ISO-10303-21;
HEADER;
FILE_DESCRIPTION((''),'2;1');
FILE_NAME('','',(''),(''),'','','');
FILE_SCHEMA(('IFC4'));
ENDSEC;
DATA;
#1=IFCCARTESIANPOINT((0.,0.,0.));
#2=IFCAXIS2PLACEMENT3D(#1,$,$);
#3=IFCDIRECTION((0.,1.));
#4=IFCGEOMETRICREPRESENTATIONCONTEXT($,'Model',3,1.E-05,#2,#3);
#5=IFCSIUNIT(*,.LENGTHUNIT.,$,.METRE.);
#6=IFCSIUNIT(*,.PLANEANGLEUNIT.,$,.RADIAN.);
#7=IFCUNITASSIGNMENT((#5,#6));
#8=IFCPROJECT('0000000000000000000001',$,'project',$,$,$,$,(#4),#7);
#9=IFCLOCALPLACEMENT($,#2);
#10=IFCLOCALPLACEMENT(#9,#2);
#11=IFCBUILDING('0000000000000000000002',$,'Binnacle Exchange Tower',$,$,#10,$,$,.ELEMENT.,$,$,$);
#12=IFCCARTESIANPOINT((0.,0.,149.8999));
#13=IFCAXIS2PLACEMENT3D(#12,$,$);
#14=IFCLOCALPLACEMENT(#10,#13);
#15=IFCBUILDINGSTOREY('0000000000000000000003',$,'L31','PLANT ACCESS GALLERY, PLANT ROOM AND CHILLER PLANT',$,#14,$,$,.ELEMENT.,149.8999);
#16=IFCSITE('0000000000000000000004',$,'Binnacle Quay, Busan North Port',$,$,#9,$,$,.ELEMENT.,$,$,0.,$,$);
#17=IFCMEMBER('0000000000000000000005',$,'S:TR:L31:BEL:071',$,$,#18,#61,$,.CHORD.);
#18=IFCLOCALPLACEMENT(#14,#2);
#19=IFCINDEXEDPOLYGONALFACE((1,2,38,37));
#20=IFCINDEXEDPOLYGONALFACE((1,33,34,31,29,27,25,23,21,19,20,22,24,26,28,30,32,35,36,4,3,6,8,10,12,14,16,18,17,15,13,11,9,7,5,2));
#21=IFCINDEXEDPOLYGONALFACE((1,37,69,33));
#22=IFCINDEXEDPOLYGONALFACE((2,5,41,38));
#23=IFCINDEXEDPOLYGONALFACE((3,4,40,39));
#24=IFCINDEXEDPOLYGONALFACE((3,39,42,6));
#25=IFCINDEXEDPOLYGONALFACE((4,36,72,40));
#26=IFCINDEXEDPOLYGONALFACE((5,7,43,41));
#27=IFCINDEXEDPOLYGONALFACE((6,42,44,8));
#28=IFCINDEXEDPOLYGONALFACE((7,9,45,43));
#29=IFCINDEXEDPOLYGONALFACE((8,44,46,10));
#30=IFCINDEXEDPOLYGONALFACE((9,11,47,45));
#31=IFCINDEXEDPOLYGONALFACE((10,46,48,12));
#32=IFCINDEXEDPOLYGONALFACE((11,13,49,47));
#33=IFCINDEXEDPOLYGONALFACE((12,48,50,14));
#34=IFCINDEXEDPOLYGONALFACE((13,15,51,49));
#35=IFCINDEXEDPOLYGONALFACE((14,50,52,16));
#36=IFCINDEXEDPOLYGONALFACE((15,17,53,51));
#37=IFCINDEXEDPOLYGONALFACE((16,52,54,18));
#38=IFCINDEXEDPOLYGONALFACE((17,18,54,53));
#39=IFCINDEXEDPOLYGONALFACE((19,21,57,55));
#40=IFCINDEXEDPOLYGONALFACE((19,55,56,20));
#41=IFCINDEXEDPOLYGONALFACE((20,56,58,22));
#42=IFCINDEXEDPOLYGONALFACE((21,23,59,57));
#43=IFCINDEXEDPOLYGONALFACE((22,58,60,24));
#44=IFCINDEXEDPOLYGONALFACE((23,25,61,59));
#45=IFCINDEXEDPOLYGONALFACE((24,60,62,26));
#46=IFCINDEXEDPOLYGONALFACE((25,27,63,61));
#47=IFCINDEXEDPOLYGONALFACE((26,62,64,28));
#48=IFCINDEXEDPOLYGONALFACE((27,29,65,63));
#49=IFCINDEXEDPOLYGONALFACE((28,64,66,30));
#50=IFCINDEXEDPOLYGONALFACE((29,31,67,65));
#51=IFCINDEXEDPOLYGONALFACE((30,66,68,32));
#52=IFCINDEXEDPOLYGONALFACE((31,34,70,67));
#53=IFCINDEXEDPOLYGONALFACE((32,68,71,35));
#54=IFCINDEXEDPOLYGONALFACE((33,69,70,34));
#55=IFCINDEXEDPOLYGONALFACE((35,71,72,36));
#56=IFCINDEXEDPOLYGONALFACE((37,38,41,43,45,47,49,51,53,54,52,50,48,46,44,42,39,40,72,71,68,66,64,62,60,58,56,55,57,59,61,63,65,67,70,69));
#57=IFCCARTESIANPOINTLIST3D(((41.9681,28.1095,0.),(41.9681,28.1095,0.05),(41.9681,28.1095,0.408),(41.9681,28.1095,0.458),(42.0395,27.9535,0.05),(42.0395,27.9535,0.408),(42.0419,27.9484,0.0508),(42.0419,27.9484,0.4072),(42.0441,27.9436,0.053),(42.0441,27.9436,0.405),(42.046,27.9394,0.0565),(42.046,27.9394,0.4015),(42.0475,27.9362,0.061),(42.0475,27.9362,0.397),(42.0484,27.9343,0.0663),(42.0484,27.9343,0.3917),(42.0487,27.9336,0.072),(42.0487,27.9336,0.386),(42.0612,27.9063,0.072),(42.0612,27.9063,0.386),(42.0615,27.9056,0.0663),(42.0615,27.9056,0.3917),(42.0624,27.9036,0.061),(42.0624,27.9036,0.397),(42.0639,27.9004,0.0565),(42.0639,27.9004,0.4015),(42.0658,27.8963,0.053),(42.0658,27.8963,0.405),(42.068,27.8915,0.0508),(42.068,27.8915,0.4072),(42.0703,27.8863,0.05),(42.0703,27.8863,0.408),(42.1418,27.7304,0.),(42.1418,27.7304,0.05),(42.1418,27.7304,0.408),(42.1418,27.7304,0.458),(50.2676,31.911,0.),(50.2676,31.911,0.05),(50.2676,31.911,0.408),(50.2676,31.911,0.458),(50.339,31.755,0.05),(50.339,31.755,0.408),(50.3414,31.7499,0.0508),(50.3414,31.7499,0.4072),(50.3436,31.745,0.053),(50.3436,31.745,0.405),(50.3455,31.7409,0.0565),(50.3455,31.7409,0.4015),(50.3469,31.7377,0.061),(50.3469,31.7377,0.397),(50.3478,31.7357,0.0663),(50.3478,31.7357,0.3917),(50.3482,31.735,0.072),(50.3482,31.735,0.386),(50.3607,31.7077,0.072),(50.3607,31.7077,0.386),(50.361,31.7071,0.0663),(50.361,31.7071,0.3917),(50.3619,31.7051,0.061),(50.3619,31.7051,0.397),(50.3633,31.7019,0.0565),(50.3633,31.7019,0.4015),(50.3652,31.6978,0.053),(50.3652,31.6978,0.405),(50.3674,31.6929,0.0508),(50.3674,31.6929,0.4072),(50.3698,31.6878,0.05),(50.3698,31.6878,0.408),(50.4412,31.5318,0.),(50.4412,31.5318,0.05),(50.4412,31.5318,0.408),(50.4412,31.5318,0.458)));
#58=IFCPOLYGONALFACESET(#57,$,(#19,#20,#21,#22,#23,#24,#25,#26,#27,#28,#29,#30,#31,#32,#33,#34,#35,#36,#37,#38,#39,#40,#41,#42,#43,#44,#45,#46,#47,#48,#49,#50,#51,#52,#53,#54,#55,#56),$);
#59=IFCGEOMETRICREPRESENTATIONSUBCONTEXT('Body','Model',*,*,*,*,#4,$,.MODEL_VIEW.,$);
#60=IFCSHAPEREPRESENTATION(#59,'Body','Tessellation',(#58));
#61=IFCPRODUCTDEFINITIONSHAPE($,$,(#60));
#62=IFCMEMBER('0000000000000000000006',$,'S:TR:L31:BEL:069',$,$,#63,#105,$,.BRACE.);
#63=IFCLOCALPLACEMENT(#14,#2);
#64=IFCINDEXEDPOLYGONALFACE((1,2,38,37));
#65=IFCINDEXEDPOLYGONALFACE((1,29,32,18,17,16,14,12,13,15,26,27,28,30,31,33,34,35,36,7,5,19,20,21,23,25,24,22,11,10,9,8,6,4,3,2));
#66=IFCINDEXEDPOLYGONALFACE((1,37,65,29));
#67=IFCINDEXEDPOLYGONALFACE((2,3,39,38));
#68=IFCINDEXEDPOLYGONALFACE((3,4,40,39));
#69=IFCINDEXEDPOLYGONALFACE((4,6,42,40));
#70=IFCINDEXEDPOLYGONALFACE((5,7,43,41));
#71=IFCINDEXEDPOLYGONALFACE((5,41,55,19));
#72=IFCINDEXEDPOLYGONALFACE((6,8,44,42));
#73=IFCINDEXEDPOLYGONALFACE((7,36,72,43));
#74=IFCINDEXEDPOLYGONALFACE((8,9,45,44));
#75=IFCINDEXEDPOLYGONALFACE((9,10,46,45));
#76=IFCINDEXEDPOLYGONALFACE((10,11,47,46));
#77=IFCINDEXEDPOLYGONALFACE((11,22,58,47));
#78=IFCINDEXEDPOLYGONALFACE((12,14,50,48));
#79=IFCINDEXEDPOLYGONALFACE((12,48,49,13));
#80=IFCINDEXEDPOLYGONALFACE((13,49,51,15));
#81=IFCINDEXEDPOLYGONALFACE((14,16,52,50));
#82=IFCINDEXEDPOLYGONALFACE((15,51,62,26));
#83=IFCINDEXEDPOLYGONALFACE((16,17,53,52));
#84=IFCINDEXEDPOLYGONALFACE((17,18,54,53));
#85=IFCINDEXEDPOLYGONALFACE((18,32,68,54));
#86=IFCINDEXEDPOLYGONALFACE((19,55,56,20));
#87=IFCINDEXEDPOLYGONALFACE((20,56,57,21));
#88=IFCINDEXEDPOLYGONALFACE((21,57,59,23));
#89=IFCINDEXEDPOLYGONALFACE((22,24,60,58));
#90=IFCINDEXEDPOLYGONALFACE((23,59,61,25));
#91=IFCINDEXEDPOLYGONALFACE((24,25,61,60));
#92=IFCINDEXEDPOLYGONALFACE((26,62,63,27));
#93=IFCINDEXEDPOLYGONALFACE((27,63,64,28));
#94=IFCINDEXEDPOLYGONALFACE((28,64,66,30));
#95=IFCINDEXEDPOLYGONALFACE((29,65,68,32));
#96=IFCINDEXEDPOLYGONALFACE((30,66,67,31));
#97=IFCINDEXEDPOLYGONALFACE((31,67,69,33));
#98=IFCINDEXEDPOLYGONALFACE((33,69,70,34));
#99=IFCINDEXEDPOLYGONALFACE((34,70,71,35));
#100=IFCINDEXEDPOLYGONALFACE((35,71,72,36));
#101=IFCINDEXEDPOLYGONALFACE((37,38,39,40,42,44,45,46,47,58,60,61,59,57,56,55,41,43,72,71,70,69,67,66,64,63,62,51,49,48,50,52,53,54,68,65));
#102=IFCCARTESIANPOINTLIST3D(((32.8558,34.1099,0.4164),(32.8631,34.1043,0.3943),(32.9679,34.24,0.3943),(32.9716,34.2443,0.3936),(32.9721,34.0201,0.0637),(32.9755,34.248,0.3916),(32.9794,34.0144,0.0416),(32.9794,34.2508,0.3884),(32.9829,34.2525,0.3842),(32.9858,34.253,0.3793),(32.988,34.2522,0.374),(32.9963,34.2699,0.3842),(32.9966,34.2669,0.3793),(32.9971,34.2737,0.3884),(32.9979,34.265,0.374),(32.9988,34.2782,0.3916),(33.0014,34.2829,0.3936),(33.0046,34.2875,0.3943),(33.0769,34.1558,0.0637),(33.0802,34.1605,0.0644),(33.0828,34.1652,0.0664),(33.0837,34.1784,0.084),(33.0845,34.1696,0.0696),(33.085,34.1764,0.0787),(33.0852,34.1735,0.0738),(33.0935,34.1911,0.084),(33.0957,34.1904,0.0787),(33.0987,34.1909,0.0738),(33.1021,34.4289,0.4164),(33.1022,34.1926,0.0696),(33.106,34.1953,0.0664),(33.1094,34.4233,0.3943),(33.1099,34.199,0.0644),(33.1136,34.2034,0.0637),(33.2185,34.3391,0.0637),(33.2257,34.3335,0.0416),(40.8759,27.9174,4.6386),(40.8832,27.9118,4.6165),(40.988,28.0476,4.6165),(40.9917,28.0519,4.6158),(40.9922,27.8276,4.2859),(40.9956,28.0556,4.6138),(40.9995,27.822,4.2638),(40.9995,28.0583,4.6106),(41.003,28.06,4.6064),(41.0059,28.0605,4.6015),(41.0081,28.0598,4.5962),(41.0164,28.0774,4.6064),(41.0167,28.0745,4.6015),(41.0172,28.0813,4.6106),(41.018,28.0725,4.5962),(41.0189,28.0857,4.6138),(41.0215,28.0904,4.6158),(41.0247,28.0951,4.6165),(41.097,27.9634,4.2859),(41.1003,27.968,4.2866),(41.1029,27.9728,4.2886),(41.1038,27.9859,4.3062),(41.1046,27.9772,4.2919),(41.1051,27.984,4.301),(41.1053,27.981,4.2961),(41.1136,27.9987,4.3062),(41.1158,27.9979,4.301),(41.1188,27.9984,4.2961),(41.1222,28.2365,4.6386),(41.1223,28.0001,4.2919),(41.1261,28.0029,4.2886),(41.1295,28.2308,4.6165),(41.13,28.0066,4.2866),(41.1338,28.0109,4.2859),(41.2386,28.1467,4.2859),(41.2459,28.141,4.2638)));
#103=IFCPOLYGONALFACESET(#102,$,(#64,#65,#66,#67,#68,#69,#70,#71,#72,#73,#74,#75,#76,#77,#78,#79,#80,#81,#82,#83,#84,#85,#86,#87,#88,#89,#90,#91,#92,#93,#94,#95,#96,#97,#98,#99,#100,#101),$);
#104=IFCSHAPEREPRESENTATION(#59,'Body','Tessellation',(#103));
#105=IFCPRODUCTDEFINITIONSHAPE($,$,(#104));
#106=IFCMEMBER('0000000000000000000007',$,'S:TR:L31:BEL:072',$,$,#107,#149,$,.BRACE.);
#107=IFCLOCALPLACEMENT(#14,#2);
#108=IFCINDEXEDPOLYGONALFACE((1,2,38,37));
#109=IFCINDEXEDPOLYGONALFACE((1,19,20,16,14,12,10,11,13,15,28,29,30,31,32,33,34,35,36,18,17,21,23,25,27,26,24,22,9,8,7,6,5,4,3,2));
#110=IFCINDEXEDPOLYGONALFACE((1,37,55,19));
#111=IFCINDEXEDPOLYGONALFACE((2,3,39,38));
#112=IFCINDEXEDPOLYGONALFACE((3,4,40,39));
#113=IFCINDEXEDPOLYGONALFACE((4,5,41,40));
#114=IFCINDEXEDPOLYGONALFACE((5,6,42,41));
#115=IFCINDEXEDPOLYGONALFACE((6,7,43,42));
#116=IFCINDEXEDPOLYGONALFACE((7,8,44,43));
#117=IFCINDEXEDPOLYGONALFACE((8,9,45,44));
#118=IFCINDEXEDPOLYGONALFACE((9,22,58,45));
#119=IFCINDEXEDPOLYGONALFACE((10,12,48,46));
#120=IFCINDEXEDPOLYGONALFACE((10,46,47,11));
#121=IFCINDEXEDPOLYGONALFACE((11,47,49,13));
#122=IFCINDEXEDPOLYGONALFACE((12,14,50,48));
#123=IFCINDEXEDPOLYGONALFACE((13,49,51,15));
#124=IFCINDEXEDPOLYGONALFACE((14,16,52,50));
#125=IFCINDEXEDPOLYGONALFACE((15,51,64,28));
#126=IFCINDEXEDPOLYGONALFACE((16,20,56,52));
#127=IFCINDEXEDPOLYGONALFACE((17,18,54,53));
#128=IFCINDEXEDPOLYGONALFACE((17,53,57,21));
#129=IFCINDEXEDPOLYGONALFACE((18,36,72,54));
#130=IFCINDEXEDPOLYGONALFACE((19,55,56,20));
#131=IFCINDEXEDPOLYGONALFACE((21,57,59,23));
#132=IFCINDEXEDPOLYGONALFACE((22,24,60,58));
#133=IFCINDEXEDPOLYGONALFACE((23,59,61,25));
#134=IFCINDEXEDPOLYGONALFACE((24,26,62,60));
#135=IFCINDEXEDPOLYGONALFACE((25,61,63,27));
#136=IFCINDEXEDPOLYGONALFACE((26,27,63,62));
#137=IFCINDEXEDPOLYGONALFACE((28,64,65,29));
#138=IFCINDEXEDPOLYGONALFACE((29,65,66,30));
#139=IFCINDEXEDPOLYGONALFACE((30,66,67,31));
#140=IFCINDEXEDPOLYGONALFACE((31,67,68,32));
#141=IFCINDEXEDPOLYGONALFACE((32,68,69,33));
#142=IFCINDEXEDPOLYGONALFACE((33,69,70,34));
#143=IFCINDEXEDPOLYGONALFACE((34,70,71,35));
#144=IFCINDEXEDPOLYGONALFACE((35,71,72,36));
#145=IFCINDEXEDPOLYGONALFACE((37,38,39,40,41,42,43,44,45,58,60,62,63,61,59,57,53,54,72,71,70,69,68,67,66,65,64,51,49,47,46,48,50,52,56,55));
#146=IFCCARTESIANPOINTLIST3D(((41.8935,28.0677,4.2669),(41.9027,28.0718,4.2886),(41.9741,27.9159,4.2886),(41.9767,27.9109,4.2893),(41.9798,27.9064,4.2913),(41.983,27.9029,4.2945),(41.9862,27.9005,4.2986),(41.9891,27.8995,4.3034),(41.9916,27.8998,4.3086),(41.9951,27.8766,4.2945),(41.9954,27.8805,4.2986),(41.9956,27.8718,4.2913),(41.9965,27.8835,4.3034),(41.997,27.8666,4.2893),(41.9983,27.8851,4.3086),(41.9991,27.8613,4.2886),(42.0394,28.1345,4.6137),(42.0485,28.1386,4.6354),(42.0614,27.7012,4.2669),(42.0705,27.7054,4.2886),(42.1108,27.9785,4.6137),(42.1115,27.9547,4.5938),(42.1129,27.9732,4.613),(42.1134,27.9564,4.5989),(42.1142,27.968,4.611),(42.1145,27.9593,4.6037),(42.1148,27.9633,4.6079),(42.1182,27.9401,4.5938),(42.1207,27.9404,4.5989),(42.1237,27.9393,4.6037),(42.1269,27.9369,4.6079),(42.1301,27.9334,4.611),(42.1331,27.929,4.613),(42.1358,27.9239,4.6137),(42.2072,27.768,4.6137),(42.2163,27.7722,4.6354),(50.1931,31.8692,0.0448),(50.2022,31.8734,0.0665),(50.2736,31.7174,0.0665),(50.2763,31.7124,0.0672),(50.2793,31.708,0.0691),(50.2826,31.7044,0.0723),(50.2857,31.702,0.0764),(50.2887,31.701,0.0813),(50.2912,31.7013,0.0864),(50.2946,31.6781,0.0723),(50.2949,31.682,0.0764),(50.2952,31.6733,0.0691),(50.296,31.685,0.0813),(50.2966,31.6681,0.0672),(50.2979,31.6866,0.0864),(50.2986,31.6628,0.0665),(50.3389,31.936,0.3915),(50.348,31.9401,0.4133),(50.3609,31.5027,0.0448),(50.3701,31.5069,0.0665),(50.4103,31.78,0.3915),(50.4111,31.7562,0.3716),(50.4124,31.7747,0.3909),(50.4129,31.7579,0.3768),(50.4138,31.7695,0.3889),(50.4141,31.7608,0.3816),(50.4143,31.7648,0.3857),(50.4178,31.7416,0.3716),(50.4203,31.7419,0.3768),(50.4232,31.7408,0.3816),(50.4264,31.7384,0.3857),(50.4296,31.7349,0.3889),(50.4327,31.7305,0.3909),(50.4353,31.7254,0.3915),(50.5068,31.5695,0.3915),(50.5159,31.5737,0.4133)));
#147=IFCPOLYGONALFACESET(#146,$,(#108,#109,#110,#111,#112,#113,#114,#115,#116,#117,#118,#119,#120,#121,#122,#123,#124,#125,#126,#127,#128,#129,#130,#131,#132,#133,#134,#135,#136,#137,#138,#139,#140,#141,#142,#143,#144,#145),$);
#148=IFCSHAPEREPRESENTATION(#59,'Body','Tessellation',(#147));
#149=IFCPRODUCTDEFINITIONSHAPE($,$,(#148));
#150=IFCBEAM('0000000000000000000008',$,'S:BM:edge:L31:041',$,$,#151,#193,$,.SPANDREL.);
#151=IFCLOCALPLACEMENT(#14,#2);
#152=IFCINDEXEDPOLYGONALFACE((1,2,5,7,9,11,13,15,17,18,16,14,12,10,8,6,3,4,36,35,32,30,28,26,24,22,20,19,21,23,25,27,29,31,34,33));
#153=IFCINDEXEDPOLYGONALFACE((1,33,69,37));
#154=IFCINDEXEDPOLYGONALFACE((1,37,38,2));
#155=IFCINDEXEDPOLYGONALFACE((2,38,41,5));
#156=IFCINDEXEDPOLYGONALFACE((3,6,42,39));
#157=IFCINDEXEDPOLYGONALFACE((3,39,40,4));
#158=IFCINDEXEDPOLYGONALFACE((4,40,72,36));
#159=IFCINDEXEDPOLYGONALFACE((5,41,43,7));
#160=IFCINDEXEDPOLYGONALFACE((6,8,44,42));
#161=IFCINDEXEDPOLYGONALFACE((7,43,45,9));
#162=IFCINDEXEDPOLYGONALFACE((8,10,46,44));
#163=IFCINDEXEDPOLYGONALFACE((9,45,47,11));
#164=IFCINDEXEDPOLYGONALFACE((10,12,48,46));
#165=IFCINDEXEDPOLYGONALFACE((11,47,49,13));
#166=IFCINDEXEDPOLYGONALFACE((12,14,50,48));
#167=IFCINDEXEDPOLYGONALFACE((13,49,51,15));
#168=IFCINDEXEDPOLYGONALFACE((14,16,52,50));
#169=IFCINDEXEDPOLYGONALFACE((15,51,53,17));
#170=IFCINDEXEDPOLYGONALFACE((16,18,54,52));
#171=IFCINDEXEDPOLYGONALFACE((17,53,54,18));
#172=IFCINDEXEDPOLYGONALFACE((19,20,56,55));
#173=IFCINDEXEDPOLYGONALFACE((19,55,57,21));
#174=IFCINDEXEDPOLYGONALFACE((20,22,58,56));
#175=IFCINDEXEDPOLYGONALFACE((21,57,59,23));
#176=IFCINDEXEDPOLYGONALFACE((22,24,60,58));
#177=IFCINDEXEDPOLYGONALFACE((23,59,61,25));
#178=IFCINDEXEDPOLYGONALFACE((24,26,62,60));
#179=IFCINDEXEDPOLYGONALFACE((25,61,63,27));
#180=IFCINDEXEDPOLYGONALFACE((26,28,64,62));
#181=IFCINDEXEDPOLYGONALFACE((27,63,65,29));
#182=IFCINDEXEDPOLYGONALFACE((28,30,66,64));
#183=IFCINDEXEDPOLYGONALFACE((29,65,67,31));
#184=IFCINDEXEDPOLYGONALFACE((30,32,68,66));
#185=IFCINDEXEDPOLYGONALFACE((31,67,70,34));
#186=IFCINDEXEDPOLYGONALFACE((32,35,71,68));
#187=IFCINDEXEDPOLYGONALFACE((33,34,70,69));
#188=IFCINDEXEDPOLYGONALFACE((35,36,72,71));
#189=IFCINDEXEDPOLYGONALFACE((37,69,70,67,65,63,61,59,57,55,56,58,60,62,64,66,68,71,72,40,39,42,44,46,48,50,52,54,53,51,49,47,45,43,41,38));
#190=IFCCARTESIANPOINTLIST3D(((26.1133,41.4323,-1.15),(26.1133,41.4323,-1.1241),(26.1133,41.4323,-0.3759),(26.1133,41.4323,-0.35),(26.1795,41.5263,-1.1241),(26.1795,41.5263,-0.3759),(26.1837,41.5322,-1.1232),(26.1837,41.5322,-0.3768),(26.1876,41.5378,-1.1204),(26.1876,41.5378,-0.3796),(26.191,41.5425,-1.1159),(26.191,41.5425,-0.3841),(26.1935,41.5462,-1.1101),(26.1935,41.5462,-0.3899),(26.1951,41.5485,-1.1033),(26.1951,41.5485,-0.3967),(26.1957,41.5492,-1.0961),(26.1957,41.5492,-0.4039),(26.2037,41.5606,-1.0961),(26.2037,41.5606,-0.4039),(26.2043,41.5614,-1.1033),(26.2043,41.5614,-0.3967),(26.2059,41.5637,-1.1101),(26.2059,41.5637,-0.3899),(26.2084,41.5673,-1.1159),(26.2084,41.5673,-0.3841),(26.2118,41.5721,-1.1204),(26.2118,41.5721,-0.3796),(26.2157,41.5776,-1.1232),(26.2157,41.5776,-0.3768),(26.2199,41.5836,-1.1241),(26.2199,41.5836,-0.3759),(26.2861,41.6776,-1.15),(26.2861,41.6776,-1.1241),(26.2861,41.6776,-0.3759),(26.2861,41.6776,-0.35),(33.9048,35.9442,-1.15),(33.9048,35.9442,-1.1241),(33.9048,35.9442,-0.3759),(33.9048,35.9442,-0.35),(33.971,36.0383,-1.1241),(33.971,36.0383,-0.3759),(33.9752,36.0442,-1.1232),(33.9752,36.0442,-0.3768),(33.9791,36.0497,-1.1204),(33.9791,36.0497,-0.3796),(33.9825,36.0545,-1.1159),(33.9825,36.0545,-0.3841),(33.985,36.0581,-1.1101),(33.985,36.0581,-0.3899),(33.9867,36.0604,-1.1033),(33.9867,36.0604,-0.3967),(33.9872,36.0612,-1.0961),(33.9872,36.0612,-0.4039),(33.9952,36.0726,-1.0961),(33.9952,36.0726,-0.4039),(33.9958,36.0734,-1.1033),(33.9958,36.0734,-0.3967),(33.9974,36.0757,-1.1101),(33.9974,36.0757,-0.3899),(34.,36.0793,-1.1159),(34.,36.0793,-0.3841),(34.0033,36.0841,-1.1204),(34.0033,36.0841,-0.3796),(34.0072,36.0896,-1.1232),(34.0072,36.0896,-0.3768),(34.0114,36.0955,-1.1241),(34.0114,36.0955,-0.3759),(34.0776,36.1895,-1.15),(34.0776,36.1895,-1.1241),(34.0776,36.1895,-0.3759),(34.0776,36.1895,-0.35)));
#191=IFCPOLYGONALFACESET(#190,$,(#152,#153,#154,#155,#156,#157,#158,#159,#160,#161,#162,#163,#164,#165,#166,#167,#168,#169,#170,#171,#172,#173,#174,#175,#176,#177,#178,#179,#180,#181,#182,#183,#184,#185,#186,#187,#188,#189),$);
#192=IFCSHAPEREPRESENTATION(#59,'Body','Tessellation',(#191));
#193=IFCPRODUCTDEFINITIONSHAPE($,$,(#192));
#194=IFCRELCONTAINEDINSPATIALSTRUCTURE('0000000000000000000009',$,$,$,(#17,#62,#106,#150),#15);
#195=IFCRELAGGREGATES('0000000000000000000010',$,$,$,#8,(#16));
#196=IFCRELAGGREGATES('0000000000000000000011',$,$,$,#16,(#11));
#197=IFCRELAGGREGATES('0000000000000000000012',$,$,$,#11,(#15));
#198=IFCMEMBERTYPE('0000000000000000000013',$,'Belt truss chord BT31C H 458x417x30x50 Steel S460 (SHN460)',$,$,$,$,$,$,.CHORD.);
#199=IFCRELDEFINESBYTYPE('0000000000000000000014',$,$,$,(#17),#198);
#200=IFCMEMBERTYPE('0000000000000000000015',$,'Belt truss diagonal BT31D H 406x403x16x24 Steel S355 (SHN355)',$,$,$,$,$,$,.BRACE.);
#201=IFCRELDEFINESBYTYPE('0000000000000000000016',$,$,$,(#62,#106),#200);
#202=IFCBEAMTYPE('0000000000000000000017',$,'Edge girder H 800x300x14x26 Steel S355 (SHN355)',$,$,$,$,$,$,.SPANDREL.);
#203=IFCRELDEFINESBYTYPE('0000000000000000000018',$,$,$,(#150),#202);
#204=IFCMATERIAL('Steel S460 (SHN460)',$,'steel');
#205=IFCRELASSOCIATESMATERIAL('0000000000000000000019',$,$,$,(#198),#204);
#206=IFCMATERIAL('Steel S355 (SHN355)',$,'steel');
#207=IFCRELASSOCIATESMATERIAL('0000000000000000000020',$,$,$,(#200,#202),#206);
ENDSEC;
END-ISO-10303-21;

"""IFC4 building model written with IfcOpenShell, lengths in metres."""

from ifc_helpers import new_model, si_unit, direction, frame, origin, origin_2d, place, context, subcontext, project, spatial, i_section, extrude, material, material_profile, profile_set, type_object, element, save


model = new_model("IFC4")

# Units and contexts
model_context = context("Model", 3, precision=1e-05, world=origin(), true_north=direction((0.0, 1.0)))
body_context = subcontext(model_context, "Body", "Model", "MODEL_VIEW")
ifc_project = project(units=[si_unit("LENGTHUNIT", "METRE"), si_unit("PLANEANGLEUNIT", "RADIAN")], contexts=[model_context])

# Site, building, storey
site_placement = place(None, origin())
site = spatial("IfcSite", under=ifc_project, at=site_placement, Name="Binnacle Quay, Busan North Port", CompositionType="ELEMENT", RefElevation=0.0)
building_placement = place(site_placement, origin())
building = spatial("IfcBuilding", under=site, at=building_placement, Name="Binnacle Exchange Tower", CompositionType="ELEMENT")
storey_placement = place(building_placement, frame((0.0, 0.0, 149.8999)))
storey = spatial("IfcBuildingStorey", under=building, at=storey_placement, Name="L31", Description="PLANT ACCESS GALLERY, PLANT ROOM AND CHILLER PLANT", CompositionType="ELEMENT", Elevation=149.8999)

# Members
ifc_material_1 = material(Name="Steel S460 (SHN460)", Category="steel")
ifc_material_profile_1 = material_profile(ifc_material_1, i_section(OverallWidth=0.417, OverallDepth=0.458, WebThickness=0.03, FlangeThickness=0.05, FilletRadius=0.022, at=origin_2d()), Name="H 458x417x30x50")
ifc_profile_set_1 = profile_set([ifc_material_profile_1], Name="Steel S460 (SHN460)")
member_type_1 = type_object("IfcMemberType", Name="Belt truss chord BT31C H 458x417x30x50 Steel S460 (SHN460)", PredefinedType="CHORD", material=ifc_profile_set_1)
for number, where, z_axis, x_axis, name in (
    (1, (42.0549, 27.9199, 0.229), (0.909167, 0.416433, 0.0), (-0.416433, 0.909167, 0.0), "S:TR:L31:BEL:071"),
):
    element("IfcMember", number, at=place(storey_placement, frame(where, z_axis=z_axis, x_axis=x_axis)), inside=storey, type_object=member_type_1, Name=name, PredefinedType="CHORD", context=body_context, shape_type="SweptSolid", body=[
        extrude(i_section(OverallWidth=0.417, OverallDepth=0.458, WebThickness=0.03, FlangeThickness=0.05, FilletRadius=0.022, at=origin_2d()), origin(), (0.0, 0.0, 1.0), 9.1287),
    ])
ifc_material_2 = material(Name="Steel S355 (SHN355)", Category="steel")
ifc_material_profile_2 = material_profile(ifc_material_2, i_section(OverallWidth=0.4031, OverallDepth=0.406, WebThickness=0.0161, FlangeThickness=0.0239, FilletRadius=0.022, at=origin_2d()), Name="H 406x403x16x24")
ifc_profile_set_2 = profile_set([ifc_material_profile_2], Name="Steel S355 (SHN355)")
member_type_2 = type_object("IfcMemberType", Name="Belt truss diagonal BT31D H 406x403x16x24 Steel S355 (SHN355)", PredefinedType="BRACE", material=ifc_profile_set_2)
member_1_placement = place(storey_placement, frame((33.0408, 34.2217, 0.229), z_axis=(0.730625, -0.564127, 0.38464), x_axis=(0.611144, 0.791519, 0.0)))
element("IfcMember", 2, at=member_1_placement, inside=storey, type_object=member_type_2, Name="S:TR:L31:BEL:069", PredefinedType="BRACE", context=body_context, shape_type="SweptSolid", body=[
    extrude(i_section(OverallWidth=0.4031, OverallDepth=0.406, WebThickness=0.0161, FlangeThickness=0.0239, FilletRadius=0.022, at=origin_2d()), origin(), (0.0, 0.0, 1.0), 10.9771),
])
member_2_placement = place(storey_placement, frame((42.0549, 27.9199, 4.4512), z_axis=(0.82518, 0.377964, -0.419787), x_axis=(-0.416433, 0.909167, 0.0)))
element("IfcMember", 3, at=member_2_placement, inside=storey, type_object=member_type_2, Name="S:TR:L31:BEL:072", PredefinedType="BRACE", context=body_context, shape_type="SweptSolid", body=[
    extrude(i_section(OverallWidth=0.4031, OverallDepth=0.406, WebThickness=0.0161, FlangeThickness=0.0239, FilletRadius=0.022, at=origin_2d()), origin(), (0.0, 0.0, 1.0), 10.0579),
])

# Beam
ifc_material_profile_3 = material_profile(ifc_material_2, i_section(OverallWidth=0.3, OverallDepth=0.8, WebThickness=0.0139, FlangeThickness=0.0259, FilletRadius=0.0281, at=origin_2d()), Name="H 800x300x14x26")
ifc_profile_set_3 = profile_set([ifc_material_profile_3], Name="Steel S355 (SHN355)")
beam_type_1 = type_object("IfcBeamType", Name="Edge girder H 800x300x14x26 Steel S355 (SHN355)", PredefinedType="SPANDREL", material=ifc_profile_set_3)
beam_1_placement = place(storey_placement, frame((33.9912, 36.0669, -0.75), z_axis=(-0.817553, 0.575853, 0.0), x_axis=(-0.575853, -0.817553, 0.0)))
element("IfcBeam", 4, at=beam_1_placement, inside=storey, type_object=beam_type_1, Name="S:BM:edge:L31:041", PredefinedType="SPANDREL", context=body_context, shape_type="SweptSolid", body=[
    extrude(i_section(OverallWidth=0.3, OverallDepth=0.8, WebThickness=0.0139, FlangeThickness=0.0259, FilletRadius=0.0281, at=origin_2d()), origin(), (0.0, 0.0, 1.0), 9.5303),
])

save(model, "model.ifc")
